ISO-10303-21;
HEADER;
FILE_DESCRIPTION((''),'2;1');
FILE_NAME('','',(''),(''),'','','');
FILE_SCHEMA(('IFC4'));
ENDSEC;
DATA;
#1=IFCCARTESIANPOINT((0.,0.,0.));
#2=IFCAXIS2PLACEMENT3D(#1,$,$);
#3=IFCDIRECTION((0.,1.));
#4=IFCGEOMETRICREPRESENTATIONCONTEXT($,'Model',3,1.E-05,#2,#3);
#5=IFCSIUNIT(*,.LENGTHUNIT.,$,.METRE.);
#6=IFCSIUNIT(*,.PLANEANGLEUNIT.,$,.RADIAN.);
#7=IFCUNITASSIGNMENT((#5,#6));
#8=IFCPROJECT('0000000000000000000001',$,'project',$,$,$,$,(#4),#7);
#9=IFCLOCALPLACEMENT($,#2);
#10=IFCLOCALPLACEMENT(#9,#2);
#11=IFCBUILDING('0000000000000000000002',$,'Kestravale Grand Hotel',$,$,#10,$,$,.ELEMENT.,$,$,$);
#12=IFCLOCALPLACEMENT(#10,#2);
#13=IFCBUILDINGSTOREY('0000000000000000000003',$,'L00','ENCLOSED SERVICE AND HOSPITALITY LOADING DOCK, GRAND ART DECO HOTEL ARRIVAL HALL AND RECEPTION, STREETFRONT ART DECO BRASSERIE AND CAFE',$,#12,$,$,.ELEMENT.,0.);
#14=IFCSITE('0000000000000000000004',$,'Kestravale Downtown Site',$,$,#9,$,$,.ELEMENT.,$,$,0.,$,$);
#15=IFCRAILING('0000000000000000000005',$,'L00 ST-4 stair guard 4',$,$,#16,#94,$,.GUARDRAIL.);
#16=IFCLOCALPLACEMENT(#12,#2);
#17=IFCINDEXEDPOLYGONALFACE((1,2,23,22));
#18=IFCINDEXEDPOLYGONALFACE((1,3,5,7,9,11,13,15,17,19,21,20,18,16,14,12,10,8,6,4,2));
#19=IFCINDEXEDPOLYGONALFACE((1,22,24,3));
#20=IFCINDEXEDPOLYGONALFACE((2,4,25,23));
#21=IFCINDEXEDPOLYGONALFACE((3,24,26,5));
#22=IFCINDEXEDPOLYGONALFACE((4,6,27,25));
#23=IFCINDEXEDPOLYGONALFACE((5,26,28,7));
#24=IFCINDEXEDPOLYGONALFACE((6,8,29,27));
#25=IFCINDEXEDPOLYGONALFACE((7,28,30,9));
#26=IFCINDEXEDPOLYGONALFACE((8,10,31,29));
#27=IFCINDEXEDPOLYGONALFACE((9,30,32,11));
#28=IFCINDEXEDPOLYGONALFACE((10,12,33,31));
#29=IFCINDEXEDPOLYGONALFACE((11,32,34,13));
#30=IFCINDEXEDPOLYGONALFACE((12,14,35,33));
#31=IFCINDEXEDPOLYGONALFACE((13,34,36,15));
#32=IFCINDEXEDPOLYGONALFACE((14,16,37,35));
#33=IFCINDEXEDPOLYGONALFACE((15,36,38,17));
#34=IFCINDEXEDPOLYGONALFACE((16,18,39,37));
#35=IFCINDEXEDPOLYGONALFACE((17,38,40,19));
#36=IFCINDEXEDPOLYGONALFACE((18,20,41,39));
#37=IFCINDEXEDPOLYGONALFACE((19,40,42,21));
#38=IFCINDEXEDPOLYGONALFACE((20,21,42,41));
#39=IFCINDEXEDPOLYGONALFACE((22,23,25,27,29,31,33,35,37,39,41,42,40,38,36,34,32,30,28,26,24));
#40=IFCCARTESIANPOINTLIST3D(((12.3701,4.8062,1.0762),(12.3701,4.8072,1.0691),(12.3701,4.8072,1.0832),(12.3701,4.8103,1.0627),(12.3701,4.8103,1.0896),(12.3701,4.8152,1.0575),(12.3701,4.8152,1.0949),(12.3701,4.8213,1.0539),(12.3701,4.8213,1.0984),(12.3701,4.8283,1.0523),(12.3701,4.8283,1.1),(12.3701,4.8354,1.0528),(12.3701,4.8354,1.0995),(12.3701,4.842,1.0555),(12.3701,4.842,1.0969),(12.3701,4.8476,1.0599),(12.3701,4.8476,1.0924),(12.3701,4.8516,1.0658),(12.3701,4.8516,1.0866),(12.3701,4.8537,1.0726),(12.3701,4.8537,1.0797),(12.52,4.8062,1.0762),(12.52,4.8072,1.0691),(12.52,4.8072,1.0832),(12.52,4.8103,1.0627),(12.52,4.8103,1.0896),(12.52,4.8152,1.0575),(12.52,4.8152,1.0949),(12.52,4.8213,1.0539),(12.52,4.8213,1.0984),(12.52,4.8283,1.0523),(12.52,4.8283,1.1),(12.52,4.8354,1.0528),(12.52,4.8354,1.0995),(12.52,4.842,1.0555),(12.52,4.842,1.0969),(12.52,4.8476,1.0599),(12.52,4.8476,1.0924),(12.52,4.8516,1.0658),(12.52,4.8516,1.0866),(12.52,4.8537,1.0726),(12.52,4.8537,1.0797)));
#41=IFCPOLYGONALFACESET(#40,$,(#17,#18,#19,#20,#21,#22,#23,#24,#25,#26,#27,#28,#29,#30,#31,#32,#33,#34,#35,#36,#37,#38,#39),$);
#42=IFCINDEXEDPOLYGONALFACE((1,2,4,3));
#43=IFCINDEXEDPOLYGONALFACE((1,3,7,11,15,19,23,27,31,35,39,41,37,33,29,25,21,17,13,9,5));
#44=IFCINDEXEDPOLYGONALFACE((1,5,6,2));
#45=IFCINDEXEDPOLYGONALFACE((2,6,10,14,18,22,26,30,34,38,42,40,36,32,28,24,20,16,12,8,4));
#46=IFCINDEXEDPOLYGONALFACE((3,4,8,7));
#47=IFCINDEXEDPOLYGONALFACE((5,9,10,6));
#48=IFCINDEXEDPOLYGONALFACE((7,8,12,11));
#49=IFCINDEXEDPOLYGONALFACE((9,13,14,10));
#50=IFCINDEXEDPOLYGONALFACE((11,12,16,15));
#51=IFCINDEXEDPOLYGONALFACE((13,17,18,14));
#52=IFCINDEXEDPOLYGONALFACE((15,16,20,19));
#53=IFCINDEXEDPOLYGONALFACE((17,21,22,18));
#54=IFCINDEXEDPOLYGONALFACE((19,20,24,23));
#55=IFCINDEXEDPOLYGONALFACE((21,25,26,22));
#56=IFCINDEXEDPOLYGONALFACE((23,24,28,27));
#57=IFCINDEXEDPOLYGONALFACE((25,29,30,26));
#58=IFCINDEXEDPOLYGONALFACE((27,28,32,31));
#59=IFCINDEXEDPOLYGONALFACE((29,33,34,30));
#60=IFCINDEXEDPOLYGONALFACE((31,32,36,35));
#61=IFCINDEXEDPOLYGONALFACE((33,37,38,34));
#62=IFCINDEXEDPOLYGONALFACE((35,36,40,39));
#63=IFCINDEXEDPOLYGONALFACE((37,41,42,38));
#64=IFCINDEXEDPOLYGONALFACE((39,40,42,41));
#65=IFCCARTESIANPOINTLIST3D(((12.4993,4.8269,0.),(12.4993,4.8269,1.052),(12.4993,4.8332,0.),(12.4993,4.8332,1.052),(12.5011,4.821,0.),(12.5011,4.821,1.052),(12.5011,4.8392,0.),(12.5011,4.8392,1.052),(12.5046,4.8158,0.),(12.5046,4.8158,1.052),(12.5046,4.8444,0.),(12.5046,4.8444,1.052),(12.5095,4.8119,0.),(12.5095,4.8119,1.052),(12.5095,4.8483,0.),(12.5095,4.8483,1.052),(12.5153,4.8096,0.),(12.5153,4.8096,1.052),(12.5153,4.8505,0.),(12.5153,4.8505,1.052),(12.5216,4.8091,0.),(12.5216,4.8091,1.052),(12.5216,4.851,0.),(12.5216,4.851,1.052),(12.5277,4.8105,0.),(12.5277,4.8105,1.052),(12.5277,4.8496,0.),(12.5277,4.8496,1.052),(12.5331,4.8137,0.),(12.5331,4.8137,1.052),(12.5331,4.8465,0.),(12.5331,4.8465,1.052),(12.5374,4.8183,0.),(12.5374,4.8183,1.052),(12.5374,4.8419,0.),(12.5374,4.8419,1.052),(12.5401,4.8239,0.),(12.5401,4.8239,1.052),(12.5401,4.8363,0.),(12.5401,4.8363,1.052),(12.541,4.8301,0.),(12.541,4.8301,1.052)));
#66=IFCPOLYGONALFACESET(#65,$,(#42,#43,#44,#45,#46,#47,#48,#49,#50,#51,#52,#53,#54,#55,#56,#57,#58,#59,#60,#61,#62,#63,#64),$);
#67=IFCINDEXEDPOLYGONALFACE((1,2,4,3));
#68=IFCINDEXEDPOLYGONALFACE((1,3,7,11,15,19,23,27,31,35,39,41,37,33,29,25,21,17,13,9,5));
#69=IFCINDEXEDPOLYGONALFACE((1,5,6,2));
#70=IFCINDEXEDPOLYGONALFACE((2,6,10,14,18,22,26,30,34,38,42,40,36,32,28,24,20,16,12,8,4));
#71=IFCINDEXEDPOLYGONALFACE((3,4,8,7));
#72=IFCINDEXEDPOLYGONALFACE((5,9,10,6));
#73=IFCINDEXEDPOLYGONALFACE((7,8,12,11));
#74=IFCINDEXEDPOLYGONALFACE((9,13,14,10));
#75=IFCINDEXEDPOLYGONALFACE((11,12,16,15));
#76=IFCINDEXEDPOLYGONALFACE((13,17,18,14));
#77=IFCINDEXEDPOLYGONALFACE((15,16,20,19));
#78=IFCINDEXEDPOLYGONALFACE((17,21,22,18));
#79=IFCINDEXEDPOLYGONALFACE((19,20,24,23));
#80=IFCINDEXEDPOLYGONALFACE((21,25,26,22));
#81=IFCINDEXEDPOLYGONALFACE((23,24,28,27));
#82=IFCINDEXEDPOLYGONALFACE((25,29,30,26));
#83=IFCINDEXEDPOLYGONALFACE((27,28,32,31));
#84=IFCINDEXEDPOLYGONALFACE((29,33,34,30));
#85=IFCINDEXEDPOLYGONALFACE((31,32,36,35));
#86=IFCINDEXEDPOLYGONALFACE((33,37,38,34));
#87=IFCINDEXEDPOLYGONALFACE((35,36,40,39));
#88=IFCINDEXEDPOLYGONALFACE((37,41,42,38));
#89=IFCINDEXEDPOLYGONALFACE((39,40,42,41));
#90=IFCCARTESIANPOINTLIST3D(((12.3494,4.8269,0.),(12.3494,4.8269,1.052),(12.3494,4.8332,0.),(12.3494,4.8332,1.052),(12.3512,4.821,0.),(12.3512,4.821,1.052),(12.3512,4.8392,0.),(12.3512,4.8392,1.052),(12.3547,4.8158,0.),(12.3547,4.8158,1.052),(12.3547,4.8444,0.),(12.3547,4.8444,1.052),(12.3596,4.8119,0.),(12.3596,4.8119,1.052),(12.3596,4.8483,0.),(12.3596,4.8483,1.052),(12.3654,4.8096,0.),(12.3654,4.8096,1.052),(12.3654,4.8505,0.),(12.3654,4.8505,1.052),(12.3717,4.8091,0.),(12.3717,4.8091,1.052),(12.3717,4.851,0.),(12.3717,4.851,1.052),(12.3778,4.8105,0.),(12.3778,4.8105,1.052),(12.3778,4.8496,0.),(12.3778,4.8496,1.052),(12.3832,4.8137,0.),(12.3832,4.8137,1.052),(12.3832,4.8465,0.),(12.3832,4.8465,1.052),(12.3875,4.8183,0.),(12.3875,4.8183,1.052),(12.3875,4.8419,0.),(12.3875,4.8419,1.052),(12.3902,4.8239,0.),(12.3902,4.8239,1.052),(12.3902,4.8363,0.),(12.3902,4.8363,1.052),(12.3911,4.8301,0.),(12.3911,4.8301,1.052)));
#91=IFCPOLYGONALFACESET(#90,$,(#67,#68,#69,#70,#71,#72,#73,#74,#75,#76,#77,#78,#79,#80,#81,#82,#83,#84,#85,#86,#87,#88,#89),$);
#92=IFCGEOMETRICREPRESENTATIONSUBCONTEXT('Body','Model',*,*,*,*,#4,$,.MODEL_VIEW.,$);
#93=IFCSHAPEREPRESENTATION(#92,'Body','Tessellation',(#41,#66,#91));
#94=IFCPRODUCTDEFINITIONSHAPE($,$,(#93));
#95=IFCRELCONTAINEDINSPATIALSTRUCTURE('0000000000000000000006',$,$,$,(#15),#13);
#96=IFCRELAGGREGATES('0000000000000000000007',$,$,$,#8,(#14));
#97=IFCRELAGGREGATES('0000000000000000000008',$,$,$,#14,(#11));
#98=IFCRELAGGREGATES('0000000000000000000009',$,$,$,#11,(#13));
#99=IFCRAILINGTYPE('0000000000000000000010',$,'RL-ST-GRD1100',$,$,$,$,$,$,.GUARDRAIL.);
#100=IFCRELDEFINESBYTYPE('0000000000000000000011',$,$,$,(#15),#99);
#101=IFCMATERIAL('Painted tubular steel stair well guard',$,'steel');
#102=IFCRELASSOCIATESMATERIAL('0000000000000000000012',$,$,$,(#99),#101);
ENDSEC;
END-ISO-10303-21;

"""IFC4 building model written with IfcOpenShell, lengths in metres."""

from ifc_helpers import new_model, si_unit, direction, frame, origin, origin_2d, place, context, subcontext, project, spatial, circle, extrude, material, type_object, element, save


model = new_model("IFC4")

# Units and contexts
model_context = context("Model", 3, precision=1e-05, world=origin(), true_north=direction((0.0, 1.0)))
body_context = subcontext(model_context, "Body", "Model", "MODEL_VIEW")
ifc_project = project(units=[si_unit("LENGTHUNIT", "METRE"), si_unit("PLANEANGLEUNIT", "RADIAN")], contexts=[model_context])

# Site, building, storey
site_placement = place(None, origin())
site = spatial("IfcSite", under=ifc_project, at=site_placement, Name="Kestravale Downtown Site", CompositionType="ELEMENT", RefElevation=0.0)
building_placement = place(site_placement, origin())
building = spatial("IfcBuilding", under=site, at=building_placement, Name="Kestravale Grand Hotel", CompositionType="ELEMENT")
storey_placement = place(building_placement, origin())
storey = spatial("IfcBuildingStorey", under=building, at=storey_placement, Name="L00", Description="ENCLOSED SERVICE AND HOSPITALITY LOADING DOCK, GRAND ART DECO HOTEL ARRIVAL HALL AND RECEPTION, STREETFRONT ART DECO BRASSERIE AND CAFE", CompositionType="ELEMENT", Elevation=0.0)

# Railing
ifc_material_1 = material(Name="Painted tubular steel stair well guard", Category="steel")
railing_type_1 = type_object("IfcRailingType", Name="RL-ST-GRD1100", PredefinedType="GUARDRAIL", material=ifc_material_1)
railing_1_placement = place(storey_placement, frame((12.52, 4.8301, 0.0)))
element("IfcRailing", 1, at=railing_1_placement, inside=storey, type_object=railing_type_1, Name="L00 ST-4 stair guard 4", PredefinedType="GUARDRAIL", context=body_context, shape_type="SweptSolid", body=[
    extrude(circle(Radius=0.0239, at=origin_2d()), frame((0.0, 0.0, 1.0762), z_axis=(-1.0, 0.0, 0.0), x_axis=(0.0, -1.0, 0.0)), (0.0, 0.0, 1.0), 0.1499),
    extrude(circle(Radius=0.021, at=origin_2d()), origin(), (0.0, 0.0, 1.0), 1.052),
    extrude(circle(Radius=0.021, at=origin_2d()), frame((-0.1499, 0.0, 0.0)), (0.0, 0.0, 1.0), 1.052),
])

save(model, "model.ifc")
